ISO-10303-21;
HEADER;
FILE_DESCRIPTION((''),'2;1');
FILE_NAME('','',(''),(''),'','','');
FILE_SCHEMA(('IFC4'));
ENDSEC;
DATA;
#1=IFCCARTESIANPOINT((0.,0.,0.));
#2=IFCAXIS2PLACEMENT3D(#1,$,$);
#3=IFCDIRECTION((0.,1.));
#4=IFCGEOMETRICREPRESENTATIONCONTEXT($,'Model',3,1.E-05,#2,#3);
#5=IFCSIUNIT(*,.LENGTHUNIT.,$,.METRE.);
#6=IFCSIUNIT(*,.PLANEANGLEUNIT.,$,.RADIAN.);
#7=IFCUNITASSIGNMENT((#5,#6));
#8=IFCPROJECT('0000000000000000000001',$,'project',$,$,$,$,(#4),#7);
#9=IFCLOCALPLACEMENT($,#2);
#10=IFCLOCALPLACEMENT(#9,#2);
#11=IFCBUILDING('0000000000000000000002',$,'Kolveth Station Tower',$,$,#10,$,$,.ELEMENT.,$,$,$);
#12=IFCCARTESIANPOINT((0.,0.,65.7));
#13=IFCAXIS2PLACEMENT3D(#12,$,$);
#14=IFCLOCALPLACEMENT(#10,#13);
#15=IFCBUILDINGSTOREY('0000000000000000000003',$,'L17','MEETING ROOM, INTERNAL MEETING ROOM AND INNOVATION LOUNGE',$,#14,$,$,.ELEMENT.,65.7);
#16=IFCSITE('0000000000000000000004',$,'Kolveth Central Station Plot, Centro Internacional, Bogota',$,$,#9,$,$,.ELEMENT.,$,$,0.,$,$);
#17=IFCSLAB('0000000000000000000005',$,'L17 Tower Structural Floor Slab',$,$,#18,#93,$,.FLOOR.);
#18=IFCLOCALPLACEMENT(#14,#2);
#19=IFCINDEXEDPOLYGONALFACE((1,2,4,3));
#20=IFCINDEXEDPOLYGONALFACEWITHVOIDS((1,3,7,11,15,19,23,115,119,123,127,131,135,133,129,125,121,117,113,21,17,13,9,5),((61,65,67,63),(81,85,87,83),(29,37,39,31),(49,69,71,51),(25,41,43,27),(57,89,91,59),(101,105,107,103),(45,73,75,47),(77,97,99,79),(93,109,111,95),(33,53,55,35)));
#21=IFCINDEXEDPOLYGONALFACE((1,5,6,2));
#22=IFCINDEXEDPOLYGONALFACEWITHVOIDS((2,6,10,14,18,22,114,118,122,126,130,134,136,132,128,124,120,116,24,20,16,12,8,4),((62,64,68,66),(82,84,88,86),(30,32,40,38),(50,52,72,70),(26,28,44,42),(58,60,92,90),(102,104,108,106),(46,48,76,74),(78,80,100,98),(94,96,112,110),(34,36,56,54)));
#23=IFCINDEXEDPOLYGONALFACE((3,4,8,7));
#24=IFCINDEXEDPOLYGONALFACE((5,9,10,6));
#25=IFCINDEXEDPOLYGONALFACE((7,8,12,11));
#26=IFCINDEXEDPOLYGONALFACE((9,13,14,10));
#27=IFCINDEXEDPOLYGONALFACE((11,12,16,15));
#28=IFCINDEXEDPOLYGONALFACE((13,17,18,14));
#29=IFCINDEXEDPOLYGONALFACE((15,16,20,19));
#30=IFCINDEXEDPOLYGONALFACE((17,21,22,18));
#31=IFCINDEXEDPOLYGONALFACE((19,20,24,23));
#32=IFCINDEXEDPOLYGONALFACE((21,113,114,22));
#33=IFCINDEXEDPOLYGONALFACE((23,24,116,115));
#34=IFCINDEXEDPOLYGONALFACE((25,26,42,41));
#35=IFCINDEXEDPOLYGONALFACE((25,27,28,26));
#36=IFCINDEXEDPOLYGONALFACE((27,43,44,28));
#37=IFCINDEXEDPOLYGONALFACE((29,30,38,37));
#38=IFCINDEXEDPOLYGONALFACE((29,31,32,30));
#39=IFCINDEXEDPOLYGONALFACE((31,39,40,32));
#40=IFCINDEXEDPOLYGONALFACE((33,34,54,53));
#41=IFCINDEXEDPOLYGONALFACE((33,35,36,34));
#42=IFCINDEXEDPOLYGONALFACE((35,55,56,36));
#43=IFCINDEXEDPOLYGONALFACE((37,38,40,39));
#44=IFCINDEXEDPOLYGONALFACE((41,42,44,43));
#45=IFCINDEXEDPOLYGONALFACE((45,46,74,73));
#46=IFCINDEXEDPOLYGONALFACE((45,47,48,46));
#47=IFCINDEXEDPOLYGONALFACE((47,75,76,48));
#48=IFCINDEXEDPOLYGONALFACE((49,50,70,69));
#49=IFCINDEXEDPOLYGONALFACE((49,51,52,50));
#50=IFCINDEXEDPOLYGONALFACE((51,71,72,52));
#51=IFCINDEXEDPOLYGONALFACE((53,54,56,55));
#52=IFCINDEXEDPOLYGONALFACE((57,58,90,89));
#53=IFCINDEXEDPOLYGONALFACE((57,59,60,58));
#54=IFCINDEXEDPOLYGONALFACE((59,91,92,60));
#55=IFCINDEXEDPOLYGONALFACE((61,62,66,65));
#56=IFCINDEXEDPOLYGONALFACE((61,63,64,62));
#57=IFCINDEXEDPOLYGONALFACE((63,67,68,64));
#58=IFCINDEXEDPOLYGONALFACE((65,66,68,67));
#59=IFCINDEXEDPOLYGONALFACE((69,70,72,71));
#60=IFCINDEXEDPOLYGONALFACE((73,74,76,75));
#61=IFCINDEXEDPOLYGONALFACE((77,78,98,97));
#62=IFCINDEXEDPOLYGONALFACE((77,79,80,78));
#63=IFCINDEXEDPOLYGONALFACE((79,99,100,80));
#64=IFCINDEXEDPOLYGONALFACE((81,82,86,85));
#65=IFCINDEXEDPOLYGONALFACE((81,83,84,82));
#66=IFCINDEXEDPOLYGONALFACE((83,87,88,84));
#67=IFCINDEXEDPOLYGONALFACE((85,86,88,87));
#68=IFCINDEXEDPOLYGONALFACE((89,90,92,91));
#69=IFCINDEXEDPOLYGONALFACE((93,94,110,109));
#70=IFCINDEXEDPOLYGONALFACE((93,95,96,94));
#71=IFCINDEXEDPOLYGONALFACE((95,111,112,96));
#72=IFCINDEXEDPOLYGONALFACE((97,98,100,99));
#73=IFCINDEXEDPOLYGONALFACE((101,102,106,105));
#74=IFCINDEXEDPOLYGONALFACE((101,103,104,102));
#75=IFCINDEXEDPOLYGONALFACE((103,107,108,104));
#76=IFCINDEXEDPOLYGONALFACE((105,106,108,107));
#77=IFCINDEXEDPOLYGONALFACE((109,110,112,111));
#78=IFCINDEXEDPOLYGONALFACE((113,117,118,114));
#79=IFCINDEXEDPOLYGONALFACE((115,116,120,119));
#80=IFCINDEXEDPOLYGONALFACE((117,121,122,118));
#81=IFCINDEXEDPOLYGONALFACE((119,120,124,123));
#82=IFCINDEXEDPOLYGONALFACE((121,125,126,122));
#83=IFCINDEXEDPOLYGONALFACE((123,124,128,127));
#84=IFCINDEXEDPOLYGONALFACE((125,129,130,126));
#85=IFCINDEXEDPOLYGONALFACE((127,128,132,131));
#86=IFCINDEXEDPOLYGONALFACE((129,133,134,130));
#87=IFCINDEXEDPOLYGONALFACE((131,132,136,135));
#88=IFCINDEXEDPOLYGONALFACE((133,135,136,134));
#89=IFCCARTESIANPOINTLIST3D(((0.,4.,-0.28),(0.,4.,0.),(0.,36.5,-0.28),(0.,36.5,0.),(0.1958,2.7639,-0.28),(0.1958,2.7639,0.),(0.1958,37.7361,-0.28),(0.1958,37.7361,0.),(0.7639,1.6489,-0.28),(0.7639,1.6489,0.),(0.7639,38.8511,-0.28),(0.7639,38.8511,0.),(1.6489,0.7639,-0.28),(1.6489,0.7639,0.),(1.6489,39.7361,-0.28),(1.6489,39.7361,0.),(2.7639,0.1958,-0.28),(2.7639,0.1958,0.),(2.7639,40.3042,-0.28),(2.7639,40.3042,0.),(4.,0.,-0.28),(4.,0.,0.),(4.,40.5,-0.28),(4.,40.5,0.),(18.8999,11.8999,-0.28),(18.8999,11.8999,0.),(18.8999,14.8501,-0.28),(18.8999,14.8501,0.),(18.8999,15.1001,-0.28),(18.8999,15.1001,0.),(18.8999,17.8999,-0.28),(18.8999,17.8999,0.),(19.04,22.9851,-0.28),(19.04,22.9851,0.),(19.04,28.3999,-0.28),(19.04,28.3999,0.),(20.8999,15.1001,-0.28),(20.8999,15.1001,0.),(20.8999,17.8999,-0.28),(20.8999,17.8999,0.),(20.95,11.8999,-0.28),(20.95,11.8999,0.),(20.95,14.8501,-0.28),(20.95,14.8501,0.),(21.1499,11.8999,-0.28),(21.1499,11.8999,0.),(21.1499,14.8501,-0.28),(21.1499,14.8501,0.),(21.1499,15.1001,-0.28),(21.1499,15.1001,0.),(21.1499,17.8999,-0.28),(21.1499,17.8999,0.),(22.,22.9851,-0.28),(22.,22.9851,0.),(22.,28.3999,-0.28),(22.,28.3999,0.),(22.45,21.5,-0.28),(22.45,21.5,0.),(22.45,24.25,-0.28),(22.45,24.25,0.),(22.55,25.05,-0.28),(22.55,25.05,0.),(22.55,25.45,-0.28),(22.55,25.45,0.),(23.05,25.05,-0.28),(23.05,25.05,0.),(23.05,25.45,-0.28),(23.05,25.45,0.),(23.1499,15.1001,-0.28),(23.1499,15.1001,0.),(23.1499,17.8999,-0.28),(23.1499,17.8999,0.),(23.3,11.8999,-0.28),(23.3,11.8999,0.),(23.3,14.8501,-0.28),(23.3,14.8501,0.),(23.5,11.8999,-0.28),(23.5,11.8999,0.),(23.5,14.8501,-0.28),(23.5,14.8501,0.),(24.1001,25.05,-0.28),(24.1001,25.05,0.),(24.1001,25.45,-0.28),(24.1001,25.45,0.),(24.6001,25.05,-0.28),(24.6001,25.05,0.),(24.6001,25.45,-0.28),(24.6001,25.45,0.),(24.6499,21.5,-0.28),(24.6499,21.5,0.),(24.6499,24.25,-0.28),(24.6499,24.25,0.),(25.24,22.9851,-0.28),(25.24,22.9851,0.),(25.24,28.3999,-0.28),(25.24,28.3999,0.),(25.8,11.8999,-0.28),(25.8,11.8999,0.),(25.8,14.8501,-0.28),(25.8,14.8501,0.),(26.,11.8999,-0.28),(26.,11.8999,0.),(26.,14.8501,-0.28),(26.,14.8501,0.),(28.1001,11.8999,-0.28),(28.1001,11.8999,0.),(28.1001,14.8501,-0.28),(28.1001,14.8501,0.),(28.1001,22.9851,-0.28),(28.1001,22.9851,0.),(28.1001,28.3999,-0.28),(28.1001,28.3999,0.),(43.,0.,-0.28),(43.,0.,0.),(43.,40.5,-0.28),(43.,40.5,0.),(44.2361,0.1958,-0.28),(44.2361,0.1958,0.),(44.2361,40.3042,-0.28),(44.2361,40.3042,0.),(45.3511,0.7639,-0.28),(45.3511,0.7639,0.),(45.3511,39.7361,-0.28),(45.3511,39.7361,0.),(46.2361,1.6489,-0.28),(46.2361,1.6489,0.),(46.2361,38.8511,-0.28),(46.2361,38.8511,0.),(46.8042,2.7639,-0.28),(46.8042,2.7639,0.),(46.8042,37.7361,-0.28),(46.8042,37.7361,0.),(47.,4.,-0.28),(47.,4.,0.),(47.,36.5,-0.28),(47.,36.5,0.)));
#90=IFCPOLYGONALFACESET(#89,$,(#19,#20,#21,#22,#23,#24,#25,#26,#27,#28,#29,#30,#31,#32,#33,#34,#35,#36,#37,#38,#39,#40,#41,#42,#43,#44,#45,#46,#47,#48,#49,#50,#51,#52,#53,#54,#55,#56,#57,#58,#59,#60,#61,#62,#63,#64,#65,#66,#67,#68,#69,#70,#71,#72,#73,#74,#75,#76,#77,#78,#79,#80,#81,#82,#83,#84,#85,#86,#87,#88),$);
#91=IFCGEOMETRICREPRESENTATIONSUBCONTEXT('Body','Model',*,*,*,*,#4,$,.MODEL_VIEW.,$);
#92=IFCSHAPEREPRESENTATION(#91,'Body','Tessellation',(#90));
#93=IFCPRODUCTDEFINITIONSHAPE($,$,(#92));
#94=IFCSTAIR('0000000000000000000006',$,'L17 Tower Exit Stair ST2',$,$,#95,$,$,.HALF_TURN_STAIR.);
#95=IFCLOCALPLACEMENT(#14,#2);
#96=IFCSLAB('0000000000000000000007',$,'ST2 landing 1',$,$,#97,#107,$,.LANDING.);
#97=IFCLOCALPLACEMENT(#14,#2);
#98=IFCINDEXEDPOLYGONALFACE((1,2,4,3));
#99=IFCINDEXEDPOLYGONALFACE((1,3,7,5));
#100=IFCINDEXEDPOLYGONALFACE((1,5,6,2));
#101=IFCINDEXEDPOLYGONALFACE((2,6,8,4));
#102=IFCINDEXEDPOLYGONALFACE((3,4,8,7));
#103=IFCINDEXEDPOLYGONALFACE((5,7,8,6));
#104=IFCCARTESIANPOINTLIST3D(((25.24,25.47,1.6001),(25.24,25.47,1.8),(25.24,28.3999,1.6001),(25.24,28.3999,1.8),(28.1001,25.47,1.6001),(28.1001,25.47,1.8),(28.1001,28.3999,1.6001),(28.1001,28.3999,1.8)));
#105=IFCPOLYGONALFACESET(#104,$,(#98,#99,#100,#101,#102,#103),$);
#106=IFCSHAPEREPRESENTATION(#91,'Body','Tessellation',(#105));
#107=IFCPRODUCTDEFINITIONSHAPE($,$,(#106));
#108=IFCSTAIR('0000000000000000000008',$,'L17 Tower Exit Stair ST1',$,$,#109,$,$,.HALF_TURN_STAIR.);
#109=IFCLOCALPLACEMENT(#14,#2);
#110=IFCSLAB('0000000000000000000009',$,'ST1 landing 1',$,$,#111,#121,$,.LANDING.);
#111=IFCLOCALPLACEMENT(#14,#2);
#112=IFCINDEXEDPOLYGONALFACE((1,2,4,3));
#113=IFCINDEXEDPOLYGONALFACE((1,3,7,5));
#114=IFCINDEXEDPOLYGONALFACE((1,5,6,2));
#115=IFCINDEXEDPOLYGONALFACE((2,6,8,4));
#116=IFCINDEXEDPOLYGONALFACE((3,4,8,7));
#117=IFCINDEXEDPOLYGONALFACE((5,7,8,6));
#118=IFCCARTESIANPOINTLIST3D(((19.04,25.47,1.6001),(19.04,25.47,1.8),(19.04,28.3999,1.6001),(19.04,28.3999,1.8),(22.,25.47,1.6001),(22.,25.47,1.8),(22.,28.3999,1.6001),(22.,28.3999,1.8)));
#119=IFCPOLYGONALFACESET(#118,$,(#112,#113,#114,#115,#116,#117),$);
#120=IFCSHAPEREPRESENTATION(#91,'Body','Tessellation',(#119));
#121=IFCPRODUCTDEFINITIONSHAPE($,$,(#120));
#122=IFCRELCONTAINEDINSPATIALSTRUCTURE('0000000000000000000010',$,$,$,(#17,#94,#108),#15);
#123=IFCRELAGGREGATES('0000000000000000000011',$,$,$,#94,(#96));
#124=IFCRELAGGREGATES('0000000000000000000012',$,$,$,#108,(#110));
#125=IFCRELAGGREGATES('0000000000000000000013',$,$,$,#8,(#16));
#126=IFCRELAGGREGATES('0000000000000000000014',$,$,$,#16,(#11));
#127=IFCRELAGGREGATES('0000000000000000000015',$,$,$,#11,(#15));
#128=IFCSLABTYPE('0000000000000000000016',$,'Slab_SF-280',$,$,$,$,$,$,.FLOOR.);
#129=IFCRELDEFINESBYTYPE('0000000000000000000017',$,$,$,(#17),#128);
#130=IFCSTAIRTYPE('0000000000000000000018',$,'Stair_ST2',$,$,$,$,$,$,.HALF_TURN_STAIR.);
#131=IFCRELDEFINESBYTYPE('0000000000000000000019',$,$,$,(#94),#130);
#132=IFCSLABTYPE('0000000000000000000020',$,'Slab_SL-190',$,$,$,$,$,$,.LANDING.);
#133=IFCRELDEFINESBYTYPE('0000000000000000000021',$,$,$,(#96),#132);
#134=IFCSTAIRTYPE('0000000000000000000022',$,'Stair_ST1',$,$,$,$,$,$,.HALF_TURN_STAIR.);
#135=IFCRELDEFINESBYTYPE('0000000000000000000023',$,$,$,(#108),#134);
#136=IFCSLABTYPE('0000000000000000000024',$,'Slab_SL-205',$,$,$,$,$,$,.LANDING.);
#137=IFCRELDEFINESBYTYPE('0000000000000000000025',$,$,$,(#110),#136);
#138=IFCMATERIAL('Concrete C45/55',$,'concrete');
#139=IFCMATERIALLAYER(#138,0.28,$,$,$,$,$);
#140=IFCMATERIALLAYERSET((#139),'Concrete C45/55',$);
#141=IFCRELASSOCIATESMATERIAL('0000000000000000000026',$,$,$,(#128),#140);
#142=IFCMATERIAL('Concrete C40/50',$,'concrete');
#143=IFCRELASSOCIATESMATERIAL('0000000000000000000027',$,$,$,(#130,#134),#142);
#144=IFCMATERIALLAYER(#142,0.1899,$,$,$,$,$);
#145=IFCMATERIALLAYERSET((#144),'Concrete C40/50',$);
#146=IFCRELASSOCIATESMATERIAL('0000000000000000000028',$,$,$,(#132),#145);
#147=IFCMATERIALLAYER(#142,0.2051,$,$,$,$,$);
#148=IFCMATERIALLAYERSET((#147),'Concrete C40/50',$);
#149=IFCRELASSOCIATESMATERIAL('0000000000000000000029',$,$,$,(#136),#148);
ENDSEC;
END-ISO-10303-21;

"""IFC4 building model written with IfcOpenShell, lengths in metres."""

from ifc_helpers import new_model, si_unit, direction, frame, origin, place, context, subcontext, project, spatial, polyline, outline, extrude, material, layer, layer_set, type_object, element, aggregate, save


model = new_model("IFC4")

# Units and contexts
model_context = context("Model", 3, precision=1e-05, world=origin(), true_north=direction((0.0, 1.0)))
body_context = subcontext(model_context, "Body", "Model", "MODEL_VIEW")
ifc_project = project(units=[si_unit("LENGTHUNIT", "METRE"), si_unit("PLANEANGLEUNIT", "RADIAN")], contexts=[model_context])

# Site, building, storey
site_placement = place(None, origin())
site = spatial("IfcSite", under=ifc_project, at=site_placement, Name="Kolveth Central Station Plot, Centro Internacional, Bogota", CompositionType="ELEMENT", RefElevation=0.0)
building_placement = place(site_placement, origin())
building = spatial("IfcBuilding", under=site, at=building_placement, Name="Kolveth Station Tower", CompositionType="ELEMENT")
storey_placement = place(building_placement, frame((0.0, 0.0, 65.7)))
storey = spatial("IfcBuildingStorey", under=building, at=storey_placement, Name="L17", Description="MEETING ROOM, INTERNAL MEETING ROOM AND INNOVATION LOUNGE", CompositionType="ELEMENT", Elevation=65.7)

# Slab
ifc_material_1 = material(Name="Concrete C45/55", Category="concrete")
ifc_layer_1 = layer(ifc_material_1, 0.28)
ifc_layer_set_1 = layer_set([ifc_layer_1], Name="Concrete C45/55")
slab_type_1 = type_object("IfcSlabType", Name="Slab_SF-280", PredefinedType="FLOOR", material=ifc_layer_set_1)
slab_1_placement = place(storey_placement, frame((0.0, 0.0, -0.28)))
element("IfcSlab", 1, at=slab_1_placement, inside=storey, type_object=slab_type_1, Name="L17 Tower Structural Floor Slab", PredefinedType="FLOOR", context=body_context, shape_type="SweptSolid", body=[
    extrude(outline(polyline([(43.0, 0.0), (44.2361, 0.1958), (45.3511, 0.7639), (46.2361, 1.6489), (46.8042, 2.7639), (47.0, 4.0), (47.0, 36.5), (46.8042, 37.7361), (46.2361, 38.8511), (45.3511, 39.7361), (44.2361, 40.3042), (43.0, 40.5), (4.0, 40.5), (2.7639, 40.3042), (1.6489, 39.7361), (0.7639, 38.8511), (0.1958, 37.7361), (0.0, 36.5), (0.0, 4.0), (0.1958, 2.7639), (0.7639, 1.6489), (1.6489, 0.7639), (2.7639, 0.1958), (4.0, 0.0), (43.0, 0.0)]), holes=[polyline([(19.04, 22.9851), (22.0, 22.9851), (22.0, 28.3999), (19.04, 28.3999), (19.04, 22.9851)]), polyline([(25.24, 22.9851), (28.1001, 22.9851), (28.1001, 28.3999), (25.24, 28.3999), (25.24, 22.9851)]), polyline([(18.8999, 15.1001), (20.8999, 15.1001), (20.8999, 17.8999), (18.8999, 17.8999), (18.8999, 15.1001)]), polyline([(21.1499, 15.1001), (23.1499, 15.1001), (23.1499, 17.8999), (21.1499, 17.8999), (21.1499, 15.1001)]), polyline([(22.45, 21.5), (24.6499, 21.5), (24.6499, 24.25), (22.45, 24.25), (22.45, 21.5)]), polyline([(18.8999, 11.8999), (20.95, 11.8999), (20.95, 14.8501), (18.8999, 14.8501), (18.8999, 11.8999)]), polyline([(21.1499, 11.8999), (23.3, 11.8999), (23.3, 14.8501), (21.1499, 14.8501), (21.1499, 11.8999)]), polyline([(23.5, 11.8999), (25.8, 11.8999), (25.8, 14.8501), (23.5, 14.8501), (23.5, 11.8999)]), polyline([(26.0, 11.8999), (28.1001, 11.8999), (28.1001, 14.8501), (26.0, 14.8501), (26.0, 11.8999)]), polyline([(22.55, 25.05), (23.05, 25.05), (23.05, 25.45), (22.55, 25.45), (22.55, 25.05)]), polyline([(24.1001, 25.05), (24.6001, 25.05), (24.6001, 25.45), (24.1001, 25.45), (24.1001, 25.05)])]), origin(), (0.0, 0.0, 1.0), 0.28),
])

# Stairs, slabs
ifc_material_2 = material(Name="Concrete C40/50", Category="concrete")
stair_type_1 = type_object("IfcStairType", Name="Stair_ST2", PredefinedType="HALF_TURN_STAIR", material=ifc_material_2)
stair_1_placement = place(storey_placement, origin())
stair_1 = element("IfcStair", 2, at=stair_1_placement, inside=storey, type_object=stair_type_1, Name="L17 Tower Exit Stair ST2", PredefinedType="HALF_TURN_STAIR")
ifc_layer_2 = layer(ifc_material_2, 0.1899)
ifc_layer_set_2 = layer_set([ifc_layer_2], Name="Concrete C40/50")
slab_type_2 = type_object("IfcSlabType", Name="Slab_SL-190", PredefinedType="LANDING", material=ifc_layer_set_2)
slab_2_placement = place(storey_placement, frame((0.0, 0.0, 1.6001)))
slab_2 = element("IfcSlab", 3, at=slab_2_placement, type_object=slab_type_2, Name="ST2 landing 1", PredefinedType="LANDING", context=body_context, shape_type="SweptSolid", body=[
    extrude(outline(polyline([(28.1001, 25.47), (28.1001, 28.3999), (25.24, 28.3999), (25.24, 25.47), (28.1001, 25.47)])), origin(), (0.0, 0.0, 1.0), 0.2),
])
aggregate(stair_1, [slab_2])
stair_type_2 = type_object("IfcStairType", Name="Stair_ST1", PredefinedType="HALF_TURN_STAIR", material=ifc_material_2)
stair_2_placement = place(storey_placement, origin())
stair_2 = element("IfcStair", 4, at=stair_2_placement, inside=storey, type_object=stair_type_2, Name="L17 Tower Exit Stair ST1", PredefinedType="HALF_TURN_STAIR")
ifc_layer_3 = layer(ifc_material_2, 0.2051)
ifc_layer_set_3 = layer_set([ifc_layer_3], Name="Concrete C40/50")
slab_type_3 = type_object("IfcSlabType", Name="Slab_SL-205", PredefinedType="LANDING", material=ifc_layer_set_3)
slab_3_placement = place(storey_placement, frame((0.0, 0.0, 1.6001)))
slab_3 = element("IfcSlab", 5, at=slab_3_placement, type_object=slab_type_3, Name="ST1 landing 1", PredefinedType="LANDING", context=body_context, shape_type="SweptSolid", body=[
    extrude(outline(polyline([(22.0, 25.47), (22.0, 28.3999), (19.04, 28.3999), (19.04, 25.47), (22.0, 25.47)])), origin(), (0.0, 0.0, 1.0), 0.2),
])
aggregate(stair_2, [slab_3])

save(model, "model.ifc")
